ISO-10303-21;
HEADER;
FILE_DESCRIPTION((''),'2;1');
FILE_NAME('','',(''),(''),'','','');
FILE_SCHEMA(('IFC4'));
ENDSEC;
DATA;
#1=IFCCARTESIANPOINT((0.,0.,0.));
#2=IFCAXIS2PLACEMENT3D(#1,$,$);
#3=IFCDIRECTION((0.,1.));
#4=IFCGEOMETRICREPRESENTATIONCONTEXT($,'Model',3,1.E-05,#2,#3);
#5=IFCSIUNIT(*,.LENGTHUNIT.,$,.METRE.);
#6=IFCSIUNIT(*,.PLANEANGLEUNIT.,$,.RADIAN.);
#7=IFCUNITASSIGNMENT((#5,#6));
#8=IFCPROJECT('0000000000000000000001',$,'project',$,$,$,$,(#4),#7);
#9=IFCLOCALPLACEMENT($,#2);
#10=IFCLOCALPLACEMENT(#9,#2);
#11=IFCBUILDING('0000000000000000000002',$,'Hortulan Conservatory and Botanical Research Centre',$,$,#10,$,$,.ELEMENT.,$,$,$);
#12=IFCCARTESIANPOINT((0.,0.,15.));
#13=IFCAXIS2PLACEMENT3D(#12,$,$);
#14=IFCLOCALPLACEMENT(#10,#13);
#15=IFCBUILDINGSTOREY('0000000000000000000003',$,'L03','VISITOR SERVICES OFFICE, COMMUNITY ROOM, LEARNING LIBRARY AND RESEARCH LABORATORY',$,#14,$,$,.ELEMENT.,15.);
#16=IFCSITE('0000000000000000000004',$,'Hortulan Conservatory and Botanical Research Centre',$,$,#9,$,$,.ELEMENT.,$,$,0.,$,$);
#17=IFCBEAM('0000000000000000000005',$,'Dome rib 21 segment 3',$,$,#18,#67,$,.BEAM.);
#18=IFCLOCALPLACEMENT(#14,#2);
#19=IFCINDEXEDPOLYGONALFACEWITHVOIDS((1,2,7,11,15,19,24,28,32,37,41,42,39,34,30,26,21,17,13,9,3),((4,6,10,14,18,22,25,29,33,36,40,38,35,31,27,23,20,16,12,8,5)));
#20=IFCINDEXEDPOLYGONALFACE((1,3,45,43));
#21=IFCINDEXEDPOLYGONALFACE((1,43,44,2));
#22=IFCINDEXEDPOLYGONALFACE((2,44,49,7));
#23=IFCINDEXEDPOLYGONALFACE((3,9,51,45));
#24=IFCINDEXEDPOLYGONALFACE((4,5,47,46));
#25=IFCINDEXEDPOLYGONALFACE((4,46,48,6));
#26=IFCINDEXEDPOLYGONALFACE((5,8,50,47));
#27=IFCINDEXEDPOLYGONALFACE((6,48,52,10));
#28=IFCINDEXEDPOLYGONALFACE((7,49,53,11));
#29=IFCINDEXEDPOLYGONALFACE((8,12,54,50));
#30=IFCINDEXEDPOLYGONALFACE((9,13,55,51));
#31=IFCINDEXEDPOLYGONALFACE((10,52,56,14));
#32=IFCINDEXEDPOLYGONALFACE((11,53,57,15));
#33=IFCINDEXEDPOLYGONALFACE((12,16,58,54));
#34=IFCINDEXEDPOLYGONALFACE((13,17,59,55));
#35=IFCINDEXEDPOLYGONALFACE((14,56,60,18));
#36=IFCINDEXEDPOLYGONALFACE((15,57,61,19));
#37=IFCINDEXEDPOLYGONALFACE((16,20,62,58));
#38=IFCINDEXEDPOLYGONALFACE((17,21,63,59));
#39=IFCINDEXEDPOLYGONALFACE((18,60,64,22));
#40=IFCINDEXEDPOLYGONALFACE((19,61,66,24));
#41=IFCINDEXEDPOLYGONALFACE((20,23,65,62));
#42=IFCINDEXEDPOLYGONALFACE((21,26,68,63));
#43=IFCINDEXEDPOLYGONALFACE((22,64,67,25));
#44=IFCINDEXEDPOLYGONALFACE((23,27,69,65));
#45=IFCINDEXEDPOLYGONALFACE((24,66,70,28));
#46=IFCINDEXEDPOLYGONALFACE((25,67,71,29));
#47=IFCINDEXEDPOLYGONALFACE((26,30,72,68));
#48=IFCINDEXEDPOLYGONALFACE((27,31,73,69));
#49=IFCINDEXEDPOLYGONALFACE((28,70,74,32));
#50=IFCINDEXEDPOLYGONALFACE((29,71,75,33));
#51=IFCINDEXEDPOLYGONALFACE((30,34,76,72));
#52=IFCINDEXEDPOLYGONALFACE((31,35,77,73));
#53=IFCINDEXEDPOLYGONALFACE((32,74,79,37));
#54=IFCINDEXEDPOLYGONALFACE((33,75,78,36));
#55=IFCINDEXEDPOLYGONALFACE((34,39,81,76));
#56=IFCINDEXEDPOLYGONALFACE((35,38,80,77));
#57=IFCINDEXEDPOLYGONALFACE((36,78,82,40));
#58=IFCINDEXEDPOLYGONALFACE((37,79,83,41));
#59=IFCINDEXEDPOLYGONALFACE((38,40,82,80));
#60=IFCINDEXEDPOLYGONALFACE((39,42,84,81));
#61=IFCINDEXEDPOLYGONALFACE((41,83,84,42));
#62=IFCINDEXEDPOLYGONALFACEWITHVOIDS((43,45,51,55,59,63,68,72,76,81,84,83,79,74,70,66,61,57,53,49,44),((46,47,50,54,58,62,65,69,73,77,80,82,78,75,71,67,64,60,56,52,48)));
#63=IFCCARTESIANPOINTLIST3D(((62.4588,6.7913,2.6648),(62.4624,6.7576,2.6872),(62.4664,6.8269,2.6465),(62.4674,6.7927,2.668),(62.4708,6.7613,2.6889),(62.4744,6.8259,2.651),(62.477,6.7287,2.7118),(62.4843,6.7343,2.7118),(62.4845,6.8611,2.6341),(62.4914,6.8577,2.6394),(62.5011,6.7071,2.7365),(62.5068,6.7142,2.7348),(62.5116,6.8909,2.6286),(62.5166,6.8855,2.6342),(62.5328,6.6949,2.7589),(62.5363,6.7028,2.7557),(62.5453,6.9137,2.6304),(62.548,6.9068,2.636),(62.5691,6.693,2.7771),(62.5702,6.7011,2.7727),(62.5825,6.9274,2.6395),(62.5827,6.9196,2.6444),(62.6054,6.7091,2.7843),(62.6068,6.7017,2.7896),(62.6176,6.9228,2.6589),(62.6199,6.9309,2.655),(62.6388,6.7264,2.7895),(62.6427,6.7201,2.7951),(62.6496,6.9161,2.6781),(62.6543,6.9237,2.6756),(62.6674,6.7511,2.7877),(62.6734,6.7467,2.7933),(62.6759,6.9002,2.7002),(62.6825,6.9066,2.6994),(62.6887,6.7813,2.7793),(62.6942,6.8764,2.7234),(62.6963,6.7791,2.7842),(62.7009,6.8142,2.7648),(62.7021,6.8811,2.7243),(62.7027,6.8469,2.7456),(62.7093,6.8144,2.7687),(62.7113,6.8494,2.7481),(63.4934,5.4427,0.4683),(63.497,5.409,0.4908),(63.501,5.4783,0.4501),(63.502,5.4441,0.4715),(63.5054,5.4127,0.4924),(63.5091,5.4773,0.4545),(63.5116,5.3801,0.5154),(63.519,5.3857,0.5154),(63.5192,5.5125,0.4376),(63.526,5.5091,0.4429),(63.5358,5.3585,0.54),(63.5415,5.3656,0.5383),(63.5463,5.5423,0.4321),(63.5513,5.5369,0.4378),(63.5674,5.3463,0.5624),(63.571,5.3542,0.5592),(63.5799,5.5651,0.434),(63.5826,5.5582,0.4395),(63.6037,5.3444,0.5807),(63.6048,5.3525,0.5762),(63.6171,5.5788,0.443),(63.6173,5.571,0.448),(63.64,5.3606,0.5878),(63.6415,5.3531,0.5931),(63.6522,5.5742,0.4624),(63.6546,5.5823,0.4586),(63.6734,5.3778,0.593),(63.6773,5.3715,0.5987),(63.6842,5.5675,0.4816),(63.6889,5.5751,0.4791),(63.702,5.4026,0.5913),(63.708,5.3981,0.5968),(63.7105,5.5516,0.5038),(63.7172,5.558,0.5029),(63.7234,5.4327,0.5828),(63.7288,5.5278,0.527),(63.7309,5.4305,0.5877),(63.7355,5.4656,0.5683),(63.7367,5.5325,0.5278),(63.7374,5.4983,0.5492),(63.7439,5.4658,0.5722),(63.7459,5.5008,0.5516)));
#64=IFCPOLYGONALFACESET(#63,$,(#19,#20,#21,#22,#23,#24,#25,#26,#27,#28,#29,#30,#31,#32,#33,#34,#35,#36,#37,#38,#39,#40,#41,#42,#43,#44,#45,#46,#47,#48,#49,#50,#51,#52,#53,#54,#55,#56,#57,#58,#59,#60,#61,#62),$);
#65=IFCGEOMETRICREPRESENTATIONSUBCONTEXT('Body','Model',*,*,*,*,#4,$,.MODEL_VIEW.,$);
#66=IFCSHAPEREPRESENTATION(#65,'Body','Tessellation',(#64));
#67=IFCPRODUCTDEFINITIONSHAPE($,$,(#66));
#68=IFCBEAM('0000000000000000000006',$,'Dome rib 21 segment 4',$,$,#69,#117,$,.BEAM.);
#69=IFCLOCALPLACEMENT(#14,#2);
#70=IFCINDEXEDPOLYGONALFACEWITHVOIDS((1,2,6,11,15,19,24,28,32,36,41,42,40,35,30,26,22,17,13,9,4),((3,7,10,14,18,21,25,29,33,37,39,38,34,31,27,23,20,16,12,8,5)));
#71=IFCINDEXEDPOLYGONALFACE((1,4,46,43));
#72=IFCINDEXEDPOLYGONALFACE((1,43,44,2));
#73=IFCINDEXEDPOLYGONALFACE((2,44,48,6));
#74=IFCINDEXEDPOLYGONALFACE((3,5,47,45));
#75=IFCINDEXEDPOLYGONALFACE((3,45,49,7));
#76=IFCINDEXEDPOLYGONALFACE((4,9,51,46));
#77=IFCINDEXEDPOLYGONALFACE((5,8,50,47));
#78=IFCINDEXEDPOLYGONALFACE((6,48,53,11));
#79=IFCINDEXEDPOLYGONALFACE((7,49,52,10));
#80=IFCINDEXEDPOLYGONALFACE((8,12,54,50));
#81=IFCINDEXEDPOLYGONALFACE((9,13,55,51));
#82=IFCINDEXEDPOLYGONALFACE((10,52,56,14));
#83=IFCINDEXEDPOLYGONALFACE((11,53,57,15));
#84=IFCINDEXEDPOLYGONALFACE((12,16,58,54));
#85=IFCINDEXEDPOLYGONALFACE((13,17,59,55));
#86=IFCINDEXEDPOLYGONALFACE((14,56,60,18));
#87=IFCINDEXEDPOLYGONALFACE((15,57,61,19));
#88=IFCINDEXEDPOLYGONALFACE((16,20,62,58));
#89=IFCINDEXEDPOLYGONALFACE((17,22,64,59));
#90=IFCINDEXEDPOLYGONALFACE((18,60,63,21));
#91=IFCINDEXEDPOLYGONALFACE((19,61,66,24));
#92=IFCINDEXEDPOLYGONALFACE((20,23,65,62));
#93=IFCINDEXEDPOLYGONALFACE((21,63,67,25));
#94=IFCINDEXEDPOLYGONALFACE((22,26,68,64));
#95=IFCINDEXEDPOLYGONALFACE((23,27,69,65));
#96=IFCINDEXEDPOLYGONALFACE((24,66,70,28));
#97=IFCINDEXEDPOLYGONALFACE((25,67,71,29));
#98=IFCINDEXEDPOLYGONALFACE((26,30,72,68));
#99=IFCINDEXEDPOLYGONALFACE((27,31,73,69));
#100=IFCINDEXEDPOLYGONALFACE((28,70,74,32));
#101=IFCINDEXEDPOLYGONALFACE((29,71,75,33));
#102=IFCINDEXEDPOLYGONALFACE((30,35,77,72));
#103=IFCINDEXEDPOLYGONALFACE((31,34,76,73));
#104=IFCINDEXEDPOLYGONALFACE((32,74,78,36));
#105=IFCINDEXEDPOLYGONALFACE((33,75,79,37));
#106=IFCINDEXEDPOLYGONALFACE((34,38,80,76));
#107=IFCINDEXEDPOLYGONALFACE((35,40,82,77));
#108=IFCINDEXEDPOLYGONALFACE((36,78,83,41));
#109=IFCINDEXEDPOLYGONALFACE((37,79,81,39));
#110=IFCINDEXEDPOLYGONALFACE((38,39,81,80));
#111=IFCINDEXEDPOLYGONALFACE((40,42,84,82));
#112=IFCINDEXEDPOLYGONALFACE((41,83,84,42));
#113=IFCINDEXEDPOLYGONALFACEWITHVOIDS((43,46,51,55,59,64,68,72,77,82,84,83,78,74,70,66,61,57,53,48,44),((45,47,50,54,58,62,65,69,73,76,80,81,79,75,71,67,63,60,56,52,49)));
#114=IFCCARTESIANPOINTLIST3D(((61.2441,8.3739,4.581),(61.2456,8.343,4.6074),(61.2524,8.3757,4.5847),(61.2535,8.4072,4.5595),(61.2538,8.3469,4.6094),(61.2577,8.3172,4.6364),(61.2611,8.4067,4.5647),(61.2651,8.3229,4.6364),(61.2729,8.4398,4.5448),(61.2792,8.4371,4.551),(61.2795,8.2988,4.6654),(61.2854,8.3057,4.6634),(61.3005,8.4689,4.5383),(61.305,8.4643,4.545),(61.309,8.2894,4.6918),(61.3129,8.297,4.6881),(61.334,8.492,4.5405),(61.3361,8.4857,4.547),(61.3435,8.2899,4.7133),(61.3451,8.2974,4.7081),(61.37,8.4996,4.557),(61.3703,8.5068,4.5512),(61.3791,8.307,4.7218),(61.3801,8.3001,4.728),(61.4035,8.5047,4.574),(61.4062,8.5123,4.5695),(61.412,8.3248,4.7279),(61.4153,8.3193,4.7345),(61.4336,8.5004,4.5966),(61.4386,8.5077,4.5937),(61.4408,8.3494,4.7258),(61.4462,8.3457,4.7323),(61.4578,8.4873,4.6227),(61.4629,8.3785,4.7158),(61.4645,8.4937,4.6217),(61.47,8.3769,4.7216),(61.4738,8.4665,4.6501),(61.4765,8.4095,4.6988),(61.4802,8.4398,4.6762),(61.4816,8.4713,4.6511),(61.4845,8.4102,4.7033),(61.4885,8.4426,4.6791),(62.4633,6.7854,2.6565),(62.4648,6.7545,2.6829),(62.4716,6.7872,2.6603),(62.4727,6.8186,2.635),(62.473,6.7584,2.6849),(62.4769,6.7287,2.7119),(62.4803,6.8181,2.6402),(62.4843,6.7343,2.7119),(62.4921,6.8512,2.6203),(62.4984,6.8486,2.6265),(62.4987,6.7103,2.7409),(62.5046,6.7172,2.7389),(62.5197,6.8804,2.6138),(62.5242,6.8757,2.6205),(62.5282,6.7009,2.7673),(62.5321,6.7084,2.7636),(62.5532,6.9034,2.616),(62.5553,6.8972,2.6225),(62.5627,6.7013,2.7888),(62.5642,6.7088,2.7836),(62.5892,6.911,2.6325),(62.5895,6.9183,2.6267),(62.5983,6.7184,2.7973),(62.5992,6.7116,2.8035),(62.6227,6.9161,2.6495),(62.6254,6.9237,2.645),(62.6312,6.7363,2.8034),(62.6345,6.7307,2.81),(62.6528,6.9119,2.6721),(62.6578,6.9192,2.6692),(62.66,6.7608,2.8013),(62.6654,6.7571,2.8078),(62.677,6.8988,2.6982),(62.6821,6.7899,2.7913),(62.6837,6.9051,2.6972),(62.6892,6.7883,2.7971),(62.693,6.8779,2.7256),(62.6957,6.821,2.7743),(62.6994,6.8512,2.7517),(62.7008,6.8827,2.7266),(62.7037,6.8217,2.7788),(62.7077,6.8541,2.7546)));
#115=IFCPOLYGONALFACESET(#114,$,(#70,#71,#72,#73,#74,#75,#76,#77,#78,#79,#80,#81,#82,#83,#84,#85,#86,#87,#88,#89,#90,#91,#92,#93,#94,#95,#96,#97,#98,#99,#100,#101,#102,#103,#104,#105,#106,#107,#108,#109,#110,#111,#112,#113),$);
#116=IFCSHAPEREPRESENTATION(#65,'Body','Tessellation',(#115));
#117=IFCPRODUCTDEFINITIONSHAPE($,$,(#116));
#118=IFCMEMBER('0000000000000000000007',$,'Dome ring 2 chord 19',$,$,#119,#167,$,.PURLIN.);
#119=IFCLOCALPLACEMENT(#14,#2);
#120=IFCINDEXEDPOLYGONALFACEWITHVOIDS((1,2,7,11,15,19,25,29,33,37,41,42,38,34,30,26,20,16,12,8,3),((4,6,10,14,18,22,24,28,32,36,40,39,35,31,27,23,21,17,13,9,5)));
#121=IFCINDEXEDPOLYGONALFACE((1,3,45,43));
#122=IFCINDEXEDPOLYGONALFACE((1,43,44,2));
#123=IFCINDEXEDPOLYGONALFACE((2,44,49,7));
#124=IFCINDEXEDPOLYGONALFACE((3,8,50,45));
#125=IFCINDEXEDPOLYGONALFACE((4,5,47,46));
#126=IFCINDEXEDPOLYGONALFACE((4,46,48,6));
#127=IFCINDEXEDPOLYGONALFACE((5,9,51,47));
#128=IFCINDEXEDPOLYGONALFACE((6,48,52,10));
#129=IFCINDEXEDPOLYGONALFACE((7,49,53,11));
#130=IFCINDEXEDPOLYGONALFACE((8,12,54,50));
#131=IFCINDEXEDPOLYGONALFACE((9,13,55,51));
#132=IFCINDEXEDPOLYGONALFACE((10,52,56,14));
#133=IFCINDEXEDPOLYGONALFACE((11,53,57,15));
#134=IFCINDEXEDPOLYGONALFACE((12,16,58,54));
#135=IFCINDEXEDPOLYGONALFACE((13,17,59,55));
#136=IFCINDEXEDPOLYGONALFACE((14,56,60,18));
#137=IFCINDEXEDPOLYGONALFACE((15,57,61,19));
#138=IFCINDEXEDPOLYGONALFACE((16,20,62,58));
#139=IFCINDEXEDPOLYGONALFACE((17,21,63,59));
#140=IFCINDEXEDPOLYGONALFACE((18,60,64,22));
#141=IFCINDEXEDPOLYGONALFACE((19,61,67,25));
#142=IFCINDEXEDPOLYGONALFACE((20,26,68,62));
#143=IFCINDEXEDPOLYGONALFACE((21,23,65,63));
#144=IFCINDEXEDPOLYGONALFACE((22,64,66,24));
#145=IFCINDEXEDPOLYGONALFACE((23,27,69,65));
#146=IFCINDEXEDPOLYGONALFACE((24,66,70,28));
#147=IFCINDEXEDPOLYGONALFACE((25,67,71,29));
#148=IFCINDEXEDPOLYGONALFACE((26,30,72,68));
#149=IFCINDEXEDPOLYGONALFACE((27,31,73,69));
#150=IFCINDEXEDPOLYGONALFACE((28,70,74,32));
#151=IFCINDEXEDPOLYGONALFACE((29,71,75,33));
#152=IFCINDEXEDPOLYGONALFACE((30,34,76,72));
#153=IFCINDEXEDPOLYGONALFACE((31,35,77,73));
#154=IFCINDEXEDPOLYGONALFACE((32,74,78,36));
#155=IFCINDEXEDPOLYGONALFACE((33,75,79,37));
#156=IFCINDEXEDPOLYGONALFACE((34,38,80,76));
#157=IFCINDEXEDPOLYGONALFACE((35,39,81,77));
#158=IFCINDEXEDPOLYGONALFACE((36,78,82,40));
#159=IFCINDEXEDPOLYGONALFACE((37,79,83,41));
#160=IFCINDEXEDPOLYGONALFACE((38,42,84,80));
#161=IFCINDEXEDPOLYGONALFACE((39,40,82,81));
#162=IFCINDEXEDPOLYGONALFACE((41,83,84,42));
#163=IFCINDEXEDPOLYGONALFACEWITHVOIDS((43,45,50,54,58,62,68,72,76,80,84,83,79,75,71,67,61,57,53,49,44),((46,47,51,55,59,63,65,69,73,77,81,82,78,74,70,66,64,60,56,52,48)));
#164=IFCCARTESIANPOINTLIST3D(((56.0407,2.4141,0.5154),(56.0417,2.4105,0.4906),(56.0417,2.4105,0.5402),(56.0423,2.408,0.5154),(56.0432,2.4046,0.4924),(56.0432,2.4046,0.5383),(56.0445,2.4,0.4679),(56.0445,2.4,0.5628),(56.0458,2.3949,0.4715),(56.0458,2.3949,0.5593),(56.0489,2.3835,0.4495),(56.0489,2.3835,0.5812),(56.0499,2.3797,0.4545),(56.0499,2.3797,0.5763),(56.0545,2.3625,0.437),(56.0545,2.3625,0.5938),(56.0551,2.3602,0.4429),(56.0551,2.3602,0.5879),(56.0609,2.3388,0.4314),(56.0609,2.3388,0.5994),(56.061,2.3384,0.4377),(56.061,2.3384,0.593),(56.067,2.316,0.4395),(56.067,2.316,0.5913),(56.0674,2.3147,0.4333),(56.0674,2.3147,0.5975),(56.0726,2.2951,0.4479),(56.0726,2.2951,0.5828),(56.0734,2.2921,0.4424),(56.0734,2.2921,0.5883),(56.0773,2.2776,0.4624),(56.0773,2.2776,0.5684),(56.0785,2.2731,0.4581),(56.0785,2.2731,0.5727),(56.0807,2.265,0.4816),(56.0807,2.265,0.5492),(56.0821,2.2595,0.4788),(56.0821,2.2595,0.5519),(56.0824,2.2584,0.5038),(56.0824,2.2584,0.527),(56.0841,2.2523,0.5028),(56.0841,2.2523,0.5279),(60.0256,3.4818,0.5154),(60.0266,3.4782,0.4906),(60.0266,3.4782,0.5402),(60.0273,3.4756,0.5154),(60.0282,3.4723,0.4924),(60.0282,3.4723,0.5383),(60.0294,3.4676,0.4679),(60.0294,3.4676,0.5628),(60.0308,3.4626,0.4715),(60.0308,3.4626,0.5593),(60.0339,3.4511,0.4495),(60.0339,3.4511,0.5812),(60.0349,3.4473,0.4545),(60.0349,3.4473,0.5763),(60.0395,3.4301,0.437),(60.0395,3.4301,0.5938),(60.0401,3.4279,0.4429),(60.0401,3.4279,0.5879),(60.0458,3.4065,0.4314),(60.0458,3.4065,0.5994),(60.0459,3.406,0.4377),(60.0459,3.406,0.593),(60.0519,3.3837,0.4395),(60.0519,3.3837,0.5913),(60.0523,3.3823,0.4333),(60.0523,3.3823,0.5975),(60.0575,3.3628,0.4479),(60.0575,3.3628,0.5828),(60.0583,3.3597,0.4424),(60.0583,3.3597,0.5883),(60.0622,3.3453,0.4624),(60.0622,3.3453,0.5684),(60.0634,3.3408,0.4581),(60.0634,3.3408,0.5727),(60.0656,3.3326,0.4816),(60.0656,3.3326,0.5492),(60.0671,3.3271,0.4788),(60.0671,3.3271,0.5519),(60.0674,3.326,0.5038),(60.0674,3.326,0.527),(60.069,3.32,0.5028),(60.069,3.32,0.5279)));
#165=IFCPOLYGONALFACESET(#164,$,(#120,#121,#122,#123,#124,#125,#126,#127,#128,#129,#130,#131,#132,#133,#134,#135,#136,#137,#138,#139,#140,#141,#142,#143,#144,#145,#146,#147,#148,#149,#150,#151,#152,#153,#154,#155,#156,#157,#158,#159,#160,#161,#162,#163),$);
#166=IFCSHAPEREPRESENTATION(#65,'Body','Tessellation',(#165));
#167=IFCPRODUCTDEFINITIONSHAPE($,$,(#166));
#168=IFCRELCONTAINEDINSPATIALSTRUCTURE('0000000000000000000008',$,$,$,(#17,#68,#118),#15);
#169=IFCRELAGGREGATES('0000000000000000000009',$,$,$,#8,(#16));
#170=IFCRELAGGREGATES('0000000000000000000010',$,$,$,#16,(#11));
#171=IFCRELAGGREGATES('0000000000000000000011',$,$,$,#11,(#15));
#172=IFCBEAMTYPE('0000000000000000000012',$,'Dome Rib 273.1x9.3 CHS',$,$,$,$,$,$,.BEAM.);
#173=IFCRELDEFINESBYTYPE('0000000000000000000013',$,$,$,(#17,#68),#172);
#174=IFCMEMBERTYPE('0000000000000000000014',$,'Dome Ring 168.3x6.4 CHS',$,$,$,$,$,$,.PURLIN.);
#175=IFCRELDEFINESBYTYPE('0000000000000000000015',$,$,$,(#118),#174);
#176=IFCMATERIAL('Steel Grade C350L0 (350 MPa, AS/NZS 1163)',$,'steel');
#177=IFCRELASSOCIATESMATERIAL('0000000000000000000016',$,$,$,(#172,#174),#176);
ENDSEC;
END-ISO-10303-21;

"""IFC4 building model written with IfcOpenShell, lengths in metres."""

from ifc_helpers import new_model, si_unit, direction, frame, origin, origin_2d, place, context, subcontext, project, spatial, hollow_circle, extrude, material, material_profile, profile_set, type_object, element, save


model = new_model("IFC4")

# Units and contexts
model_context = context("Model", 3, precision=1e-05, world=origin(), true_north=direction((0.0, 1.0)))
body_context = subcontext(model_context, "Body", "Model", "MODEL_VIEW")
ifc_project = project(units=[si_unit("LENGTHUNIT", "METRE"), si_unit("PLANEANGLEUNIT", "RADIAN")], contexts=[model_context])

# Site, building, storey
site_placement = place(None, origin())
site = spatial("IfcSite", under=ifc_project, at=site_placement, Name="Hortulan Conservatory and Botanical Research Centre", CompositionType="ELEMENT", RefElevation=0.0)
building_placement = place(site_placement, origin())
building = spatial("IfcBuilding", under=site, at=building_placement, Name="Hortulan Conservatory and Botanical Research Centre", CompositionType="ELEMENT")
storey_placement = place(building_placement, frame((0.0, 0.0, 15.0)))
storey = spatial("IfcBuildingStorey", under=building, at=storey_placement, Name="L03", Description="VISITOR SERVICES OFFICE, COMMUNITY ROOM, LEARNING LIBRARY AND RESEARCH LABORATORY", CompositionType="ELEMENT", Elevation=15.0)

# Beams
ifc_material_1 = material(Name="Steel Grade C350L0 (350 MPa, AS/NZS 1163)", Category="steel")
ifc_material_profile_1 = material_profile(ifc_material_1, hollow_circle(Radius=0.1365, WallThickness=0.0093, at=origin_2d()), Name="273.1x9.3CHS")
ifc_profile_set_1 = profile_set([ifc_material_profile_1], Name="Steel Grade C350L0 (350 MPa, AS/NZS 1163)")
beam_type = type_object("IfcBeamType", Name="Dome Rib 273.1x9.3 CHS", PredefinedType="BEAM", material=ifc_profile_set_1)
for number, where, z_axis, x_axis, name in (
    (1, (63.6199, 5.4631, 0.5154), (-0.372527, 0.485569, 0.790852), (-0.793403, -0.608697, 0.0), "Dome rib 21 segment 3"),
    (2, (62.5852, 6.8118, 2.7119), (-0.438978, 0.571973, 0.692925), (-0.793294, -0.608838, 0.0), "Dome rib 21 segment 4"),
):
    element("IfcBeam", number, at=place(storey_placement, frame(where, z_axis=z_axis, x_axis=x_axis)), inside=storey, type_object=beam_type, Name=name, PredefinedType="BEAM", context=body_context, shape_type="SweptSolid", body=[
        extrude(hollow_circle(Radius=0.1365, WallThickness=0.0093, at=origin_2d()), origin(), (0.0, 0.0, 1.0), 2.7773),
    ])

# Member
ifc_material_profile_2 = material_profile(ifc_material_1, hollow_circle(Radius=0.0842, WallThickness=0.0063, at=origin_2d()), Name="168.3x6.4CHS")
ifc_profile_set_2 = profile_set([ifc_material_profile_2], Name="Steel Grade C350L0 (350 MPa, AS/NZS 1163)")
member_type_1 = type_object("IfcMemberType", Name="Dome Ring 168.3x6.4 CHS", PredefinedType="PURLIN", material=ifc_profile_set_2)
member_1_placement = place(storey_placement, frame((56.0625, 2.3328, 0.5154), z_axis=(0.965933, 0.258793, 0.0), x_axis=(-0.258793, 0.965933, 0.0)))
element("IfcMember", 3, at=member_1_placement, inside=storey, type_object=member_type_1, Name="Dome ring 2 chord 19", PredefinedType="PURLIN", context=body_context, shape_type="SweptSolid", body=[
    extrude(hollow_circle(Radius=0.0842, WallThickness=0.0063, at=origin_2d()), origin(), (0.0, 0.0, 1.0), 4.1255),
])

save(model, "model.ifc")
